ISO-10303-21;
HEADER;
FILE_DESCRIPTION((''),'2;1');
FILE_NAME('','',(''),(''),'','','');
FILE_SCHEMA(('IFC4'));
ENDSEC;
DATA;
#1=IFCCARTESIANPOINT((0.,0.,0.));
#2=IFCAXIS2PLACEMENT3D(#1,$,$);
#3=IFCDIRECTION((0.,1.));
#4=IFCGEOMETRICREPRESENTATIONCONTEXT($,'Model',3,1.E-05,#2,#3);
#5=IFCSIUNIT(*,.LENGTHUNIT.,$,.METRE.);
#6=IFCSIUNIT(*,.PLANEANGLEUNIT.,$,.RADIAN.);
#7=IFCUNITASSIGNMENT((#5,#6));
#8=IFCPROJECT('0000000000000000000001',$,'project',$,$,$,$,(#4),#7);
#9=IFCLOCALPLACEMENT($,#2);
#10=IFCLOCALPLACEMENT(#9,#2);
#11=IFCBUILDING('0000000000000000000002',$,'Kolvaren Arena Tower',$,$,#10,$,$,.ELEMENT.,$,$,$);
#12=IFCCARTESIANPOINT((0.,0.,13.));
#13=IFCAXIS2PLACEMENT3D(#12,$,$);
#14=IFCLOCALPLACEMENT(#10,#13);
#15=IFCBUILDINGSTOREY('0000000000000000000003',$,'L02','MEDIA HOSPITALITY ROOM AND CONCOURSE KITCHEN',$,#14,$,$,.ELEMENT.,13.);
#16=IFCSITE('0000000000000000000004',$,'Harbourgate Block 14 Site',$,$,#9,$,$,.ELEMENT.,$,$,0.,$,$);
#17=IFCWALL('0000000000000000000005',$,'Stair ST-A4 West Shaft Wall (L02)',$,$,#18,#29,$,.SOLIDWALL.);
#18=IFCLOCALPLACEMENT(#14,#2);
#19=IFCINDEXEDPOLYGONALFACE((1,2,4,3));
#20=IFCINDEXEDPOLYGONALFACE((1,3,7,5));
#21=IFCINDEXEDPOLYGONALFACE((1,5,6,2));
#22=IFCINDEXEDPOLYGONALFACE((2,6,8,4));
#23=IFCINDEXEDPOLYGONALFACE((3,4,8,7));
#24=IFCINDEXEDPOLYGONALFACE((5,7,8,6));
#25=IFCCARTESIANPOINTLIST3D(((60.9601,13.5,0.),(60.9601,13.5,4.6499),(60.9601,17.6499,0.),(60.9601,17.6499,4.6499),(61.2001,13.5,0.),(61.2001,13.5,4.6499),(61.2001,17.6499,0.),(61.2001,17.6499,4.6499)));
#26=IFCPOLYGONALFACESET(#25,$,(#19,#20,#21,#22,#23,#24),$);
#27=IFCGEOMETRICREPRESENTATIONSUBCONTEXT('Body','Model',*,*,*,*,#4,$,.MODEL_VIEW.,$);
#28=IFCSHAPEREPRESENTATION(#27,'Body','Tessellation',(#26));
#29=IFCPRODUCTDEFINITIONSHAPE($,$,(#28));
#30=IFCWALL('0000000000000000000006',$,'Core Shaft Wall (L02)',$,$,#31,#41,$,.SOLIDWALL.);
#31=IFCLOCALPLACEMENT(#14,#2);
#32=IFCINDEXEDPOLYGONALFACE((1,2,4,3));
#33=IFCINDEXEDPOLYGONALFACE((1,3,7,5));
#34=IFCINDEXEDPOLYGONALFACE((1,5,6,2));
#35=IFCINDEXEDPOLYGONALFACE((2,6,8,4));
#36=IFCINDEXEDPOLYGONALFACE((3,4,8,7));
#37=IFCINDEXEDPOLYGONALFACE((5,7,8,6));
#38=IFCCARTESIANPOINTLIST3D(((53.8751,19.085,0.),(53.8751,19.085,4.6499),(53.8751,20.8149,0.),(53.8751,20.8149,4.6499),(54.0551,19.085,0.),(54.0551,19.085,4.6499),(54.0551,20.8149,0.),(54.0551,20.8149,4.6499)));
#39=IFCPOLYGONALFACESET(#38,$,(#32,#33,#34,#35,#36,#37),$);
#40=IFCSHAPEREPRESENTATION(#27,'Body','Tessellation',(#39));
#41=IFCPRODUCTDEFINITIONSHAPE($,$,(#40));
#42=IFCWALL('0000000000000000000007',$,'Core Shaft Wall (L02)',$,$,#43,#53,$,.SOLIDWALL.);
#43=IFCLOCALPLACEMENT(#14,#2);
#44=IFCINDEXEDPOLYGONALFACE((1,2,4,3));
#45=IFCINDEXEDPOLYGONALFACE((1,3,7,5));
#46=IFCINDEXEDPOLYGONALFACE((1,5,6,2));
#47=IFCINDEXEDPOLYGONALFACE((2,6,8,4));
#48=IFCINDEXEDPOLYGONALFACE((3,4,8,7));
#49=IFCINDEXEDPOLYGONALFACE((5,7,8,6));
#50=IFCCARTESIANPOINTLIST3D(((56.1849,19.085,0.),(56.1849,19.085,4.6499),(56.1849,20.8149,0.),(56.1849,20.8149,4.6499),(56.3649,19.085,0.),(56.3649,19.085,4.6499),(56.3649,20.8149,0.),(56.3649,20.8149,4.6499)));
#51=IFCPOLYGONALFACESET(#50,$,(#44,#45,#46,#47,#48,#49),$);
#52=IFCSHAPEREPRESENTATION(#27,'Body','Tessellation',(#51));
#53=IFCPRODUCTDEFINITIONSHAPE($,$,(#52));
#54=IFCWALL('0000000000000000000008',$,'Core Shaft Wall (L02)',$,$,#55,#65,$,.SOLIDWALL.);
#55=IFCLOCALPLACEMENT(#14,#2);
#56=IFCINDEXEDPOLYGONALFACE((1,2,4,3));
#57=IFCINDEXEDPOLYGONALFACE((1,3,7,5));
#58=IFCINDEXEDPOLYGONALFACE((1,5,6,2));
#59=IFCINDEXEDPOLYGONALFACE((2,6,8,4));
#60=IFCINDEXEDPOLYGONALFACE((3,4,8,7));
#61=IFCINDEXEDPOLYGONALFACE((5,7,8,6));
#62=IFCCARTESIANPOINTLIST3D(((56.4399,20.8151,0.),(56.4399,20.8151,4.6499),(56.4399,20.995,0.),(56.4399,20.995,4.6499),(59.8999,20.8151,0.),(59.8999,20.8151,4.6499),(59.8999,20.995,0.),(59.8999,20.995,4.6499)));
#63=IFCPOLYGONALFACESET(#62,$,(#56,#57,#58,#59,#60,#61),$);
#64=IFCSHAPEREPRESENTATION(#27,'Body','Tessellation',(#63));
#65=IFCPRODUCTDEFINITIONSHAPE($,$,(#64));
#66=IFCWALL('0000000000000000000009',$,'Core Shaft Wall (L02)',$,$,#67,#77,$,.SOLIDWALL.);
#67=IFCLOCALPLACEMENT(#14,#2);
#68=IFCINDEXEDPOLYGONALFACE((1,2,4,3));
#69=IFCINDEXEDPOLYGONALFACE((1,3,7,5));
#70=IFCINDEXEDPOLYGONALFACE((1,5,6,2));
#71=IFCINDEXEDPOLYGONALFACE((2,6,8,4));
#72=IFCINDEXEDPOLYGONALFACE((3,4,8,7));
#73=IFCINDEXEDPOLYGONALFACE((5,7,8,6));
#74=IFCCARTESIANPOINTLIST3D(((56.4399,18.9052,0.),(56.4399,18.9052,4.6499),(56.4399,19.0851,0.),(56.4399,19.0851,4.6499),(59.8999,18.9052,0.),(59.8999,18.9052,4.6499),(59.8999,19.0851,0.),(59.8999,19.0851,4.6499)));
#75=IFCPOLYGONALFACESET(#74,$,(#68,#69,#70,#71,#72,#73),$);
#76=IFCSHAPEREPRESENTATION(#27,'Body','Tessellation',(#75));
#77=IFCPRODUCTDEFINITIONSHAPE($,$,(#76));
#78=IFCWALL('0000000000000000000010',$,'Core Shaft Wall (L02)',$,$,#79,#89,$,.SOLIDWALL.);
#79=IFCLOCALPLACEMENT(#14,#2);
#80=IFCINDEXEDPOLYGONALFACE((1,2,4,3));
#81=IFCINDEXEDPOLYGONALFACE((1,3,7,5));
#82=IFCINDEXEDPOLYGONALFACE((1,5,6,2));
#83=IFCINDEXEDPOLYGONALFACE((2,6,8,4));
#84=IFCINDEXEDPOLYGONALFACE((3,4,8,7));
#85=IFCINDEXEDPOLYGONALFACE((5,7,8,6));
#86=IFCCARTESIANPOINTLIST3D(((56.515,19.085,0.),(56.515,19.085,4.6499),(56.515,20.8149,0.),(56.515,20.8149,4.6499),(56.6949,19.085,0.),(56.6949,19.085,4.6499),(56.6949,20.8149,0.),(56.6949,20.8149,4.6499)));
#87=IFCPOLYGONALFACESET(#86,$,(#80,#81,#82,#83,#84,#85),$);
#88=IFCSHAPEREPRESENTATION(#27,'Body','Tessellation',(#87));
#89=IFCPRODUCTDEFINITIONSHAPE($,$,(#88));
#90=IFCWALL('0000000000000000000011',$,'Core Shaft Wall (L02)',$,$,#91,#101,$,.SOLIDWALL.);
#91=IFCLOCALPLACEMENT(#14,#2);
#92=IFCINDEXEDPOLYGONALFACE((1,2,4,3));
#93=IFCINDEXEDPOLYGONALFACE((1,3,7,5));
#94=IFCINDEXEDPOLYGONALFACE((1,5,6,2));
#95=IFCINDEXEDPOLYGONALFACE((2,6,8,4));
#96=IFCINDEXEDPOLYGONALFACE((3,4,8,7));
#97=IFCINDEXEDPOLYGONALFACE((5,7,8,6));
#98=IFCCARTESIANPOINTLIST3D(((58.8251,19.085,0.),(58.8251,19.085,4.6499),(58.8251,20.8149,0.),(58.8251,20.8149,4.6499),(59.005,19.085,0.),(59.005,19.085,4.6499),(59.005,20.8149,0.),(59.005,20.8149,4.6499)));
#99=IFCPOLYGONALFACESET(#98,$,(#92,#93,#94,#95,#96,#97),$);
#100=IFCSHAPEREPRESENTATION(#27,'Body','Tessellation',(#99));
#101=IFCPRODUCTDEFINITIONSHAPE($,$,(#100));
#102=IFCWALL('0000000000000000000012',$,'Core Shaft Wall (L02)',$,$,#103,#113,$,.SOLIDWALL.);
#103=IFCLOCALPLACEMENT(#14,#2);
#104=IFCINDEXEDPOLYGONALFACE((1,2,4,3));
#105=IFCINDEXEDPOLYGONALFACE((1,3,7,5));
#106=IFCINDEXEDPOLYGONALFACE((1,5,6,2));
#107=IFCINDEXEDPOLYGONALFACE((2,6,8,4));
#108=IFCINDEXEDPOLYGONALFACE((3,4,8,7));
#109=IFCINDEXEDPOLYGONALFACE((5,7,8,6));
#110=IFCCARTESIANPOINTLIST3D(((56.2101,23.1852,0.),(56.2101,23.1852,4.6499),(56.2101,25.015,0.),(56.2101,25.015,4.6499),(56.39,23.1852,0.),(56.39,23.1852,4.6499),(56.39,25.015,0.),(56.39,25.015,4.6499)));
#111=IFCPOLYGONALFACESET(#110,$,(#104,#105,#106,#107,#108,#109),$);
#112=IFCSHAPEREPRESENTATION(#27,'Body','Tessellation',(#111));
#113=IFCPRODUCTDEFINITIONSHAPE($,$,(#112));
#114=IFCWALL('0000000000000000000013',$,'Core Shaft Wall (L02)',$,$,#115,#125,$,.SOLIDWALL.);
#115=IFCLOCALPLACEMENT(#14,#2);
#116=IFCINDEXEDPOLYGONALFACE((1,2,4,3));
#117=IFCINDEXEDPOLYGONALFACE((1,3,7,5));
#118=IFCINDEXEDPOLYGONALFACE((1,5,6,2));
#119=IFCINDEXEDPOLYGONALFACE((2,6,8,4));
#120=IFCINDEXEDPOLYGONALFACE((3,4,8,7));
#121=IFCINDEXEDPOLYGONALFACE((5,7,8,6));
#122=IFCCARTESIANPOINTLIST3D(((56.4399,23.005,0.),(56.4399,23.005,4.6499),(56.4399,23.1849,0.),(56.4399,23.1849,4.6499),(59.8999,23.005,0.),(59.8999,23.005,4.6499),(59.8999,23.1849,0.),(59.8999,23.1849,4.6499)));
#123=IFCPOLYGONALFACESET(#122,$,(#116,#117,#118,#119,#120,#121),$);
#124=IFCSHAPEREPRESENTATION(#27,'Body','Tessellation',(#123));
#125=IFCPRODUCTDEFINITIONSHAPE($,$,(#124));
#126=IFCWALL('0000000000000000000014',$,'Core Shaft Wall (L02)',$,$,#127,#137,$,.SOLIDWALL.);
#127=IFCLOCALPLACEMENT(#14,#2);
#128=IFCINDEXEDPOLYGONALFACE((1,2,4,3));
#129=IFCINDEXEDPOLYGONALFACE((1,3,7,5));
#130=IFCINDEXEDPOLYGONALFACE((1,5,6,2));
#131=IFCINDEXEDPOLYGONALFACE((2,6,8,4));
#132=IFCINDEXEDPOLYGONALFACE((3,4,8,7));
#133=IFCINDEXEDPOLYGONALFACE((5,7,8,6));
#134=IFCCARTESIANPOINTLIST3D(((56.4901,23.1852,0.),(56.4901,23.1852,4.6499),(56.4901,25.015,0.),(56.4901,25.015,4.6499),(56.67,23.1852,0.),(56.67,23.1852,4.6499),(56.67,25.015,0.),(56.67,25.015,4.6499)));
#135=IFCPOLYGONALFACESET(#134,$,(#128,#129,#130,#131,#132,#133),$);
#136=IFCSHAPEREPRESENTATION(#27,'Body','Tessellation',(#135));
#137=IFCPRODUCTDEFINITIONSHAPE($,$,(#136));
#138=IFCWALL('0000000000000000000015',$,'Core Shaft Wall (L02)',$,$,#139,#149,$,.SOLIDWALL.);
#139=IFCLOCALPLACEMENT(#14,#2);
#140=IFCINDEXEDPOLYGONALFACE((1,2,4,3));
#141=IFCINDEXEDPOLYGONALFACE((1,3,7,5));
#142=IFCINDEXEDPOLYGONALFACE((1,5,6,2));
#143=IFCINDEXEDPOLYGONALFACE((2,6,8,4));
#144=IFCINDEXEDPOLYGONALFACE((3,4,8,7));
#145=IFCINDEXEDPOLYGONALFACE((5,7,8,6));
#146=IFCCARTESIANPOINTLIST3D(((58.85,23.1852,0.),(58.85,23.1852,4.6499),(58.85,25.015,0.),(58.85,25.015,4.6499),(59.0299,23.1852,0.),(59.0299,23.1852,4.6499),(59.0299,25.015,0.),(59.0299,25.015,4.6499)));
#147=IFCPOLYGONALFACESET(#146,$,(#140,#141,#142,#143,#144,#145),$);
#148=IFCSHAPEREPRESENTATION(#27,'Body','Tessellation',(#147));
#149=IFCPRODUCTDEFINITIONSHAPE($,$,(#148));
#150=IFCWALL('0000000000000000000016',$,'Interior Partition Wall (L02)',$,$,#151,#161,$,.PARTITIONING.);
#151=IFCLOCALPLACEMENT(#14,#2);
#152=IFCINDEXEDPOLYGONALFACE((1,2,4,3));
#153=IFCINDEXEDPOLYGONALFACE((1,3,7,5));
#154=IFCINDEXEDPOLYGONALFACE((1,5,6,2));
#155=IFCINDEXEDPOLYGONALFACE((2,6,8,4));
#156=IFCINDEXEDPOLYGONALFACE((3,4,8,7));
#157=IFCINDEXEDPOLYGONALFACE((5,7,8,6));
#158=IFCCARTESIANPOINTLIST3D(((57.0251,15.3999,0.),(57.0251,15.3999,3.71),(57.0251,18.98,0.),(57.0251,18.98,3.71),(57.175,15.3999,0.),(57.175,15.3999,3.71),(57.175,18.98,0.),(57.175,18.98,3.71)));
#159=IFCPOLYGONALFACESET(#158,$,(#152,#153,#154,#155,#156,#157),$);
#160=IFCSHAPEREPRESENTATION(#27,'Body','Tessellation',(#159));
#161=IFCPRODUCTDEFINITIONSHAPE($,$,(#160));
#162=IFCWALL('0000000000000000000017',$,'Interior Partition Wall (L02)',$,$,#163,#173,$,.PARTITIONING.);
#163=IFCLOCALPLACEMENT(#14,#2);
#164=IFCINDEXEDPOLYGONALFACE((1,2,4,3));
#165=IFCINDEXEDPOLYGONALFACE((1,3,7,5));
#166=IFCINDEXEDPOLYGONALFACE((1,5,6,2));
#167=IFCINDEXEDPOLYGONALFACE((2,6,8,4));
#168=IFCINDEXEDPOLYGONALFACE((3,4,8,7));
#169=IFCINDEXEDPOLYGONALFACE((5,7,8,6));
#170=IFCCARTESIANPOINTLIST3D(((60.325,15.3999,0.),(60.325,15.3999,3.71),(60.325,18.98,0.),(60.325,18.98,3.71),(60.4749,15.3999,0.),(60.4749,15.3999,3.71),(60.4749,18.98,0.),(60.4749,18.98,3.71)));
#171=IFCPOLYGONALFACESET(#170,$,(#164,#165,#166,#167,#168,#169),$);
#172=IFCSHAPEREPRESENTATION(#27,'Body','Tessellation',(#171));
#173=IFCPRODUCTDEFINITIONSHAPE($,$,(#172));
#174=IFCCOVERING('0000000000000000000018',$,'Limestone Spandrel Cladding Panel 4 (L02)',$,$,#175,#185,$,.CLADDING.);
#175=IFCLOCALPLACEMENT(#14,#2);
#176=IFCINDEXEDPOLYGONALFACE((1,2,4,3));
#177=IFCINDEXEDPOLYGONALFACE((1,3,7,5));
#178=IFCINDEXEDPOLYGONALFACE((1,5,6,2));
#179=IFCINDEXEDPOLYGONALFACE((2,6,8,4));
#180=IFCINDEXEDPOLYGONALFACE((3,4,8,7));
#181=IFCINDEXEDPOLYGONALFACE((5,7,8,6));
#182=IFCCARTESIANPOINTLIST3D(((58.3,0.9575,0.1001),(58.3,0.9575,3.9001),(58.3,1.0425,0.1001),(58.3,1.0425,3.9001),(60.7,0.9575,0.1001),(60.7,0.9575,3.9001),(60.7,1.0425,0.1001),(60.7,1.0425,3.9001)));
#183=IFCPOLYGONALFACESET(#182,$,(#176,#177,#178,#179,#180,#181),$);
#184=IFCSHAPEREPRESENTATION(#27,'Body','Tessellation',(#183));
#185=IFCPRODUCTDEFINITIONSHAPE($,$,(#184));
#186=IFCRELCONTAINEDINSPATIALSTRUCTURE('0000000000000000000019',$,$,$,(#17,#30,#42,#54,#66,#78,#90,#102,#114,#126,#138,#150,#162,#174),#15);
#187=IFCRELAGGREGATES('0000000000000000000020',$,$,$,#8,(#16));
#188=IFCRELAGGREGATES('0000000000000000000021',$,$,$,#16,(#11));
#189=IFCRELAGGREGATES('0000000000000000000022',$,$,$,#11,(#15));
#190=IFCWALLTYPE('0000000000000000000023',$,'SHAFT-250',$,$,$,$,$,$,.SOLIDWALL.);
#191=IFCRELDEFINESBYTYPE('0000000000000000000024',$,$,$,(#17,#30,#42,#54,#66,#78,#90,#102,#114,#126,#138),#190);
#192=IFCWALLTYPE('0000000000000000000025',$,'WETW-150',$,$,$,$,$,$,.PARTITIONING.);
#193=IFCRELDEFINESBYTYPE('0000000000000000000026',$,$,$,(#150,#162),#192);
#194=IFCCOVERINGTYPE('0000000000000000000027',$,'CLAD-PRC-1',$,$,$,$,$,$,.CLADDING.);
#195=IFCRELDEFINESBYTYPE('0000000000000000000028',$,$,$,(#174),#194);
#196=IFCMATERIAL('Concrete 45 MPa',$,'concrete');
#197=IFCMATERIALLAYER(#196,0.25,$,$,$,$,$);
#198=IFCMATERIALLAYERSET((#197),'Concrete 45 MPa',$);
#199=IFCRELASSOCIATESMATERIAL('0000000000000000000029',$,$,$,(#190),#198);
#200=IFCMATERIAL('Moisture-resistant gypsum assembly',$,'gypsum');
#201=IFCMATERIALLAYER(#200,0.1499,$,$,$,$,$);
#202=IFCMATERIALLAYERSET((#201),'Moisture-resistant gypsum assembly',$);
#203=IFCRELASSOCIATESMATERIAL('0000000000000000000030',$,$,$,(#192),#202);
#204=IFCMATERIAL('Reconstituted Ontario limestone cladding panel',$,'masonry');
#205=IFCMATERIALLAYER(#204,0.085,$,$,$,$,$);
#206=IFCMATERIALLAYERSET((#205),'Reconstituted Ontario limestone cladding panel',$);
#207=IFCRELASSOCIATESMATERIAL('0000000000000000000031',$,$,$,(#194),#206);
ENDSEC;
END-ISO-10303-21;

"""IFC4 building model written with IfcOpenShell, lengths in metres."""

from ifc_helpers import new_model, si_unit, direction, frame, frame_2d, origin, origin_2d, place, context, subcontext, project, spatial, rectangle, extrude, material, layer, layer_set, type_object, element, save


model = new_model("IFC4")

# Units and contexts
model_context = context("Model", 3, precision=1e-05, world=origin(), true_north=direction((0.0, 1.0)))
body_context = subcontext(model_context, "Body", "Model", "MODEL_VIEW")
ifc_project = project(units=[si_unit("LENGTHUNIT", "METRE"), si_unit("PLANEANGLEUNIT", "RADIAN")], contexts=[model_context])

# Site, building, storey
site_placement = place(None, origin())
site = spatial("IfcSite", under=ifc_project, at=site_placement, Name="Harbourgate Block 14 Site", CompositionType="ELEMENT", RefElevation=0.0)
building_placement = place(site_placement, origin())
building = spatial("IfcBuilding", under=site, at=building_placement, Name="Kolvaren Arena Tower", CompositionType="ELEMENT")
storey_placement = place(building_placement, frame((0.0, 0.0, 13.0)))
storey = spatial("IfcBuildingStorey", under=building, at=storey_placement, Name="L02", Description="MEDIA HOSPITALITY ROOM AND CONCOURSE KITCHEN", CompositionType="ELEMENT", Elevation=13.0)

# Shared definitions
ifc_material_1 = material(Name="Concrete 45 MPa", Category="concrete")
ifc_layer_1 = layer(ifc_material_1, 0.25)
ifc_layer_set_1 = layer_set([ifc_layer_1], Name="Concrete 45 MPa")
wall_type_1 = type_object("IfcWallType", Name="SHAFT-250", PredefinedType="SOLIDWALL", material=ifc_layer_set_1)

# Walls
wall_1_placement = place(storey_placement, frame((61.0801, 13.5, 0.0), z_axis=(0.0, 0.0, 1.0), x_axis=(0.0, 1.0, 0.0)))
element("IfcWall", 1, at=wall_1_placement, inside=storey, type_object=wall_type_1, Name="Stair ST-A4 West Shaft Wall (L02)", PredefinedType="SOLIDWALL", context=body_context, shape_type="SweptSolid", body=[
    extrude(rectangle(XDim=4.1499, YDim=0.24, at=frame_2d((2.075, 0.0))), origin(), (0.0, 0.0, 1.0), 4.6499),
])
for number, where, z_axis, x_axis, name in (
    (2, (53.9651, 19.085, 0.0), (0.0, 0.0, 1.0), (0.0, 1.0, 0.0), "Core Shaft Wall (L02)"),
    (3, (56.2749, 19.085, 0.0), (0.0, 0.0, 1.0), (0.0, 1.0, 0.0), "Core Shaft Wall (L02)"),
):
    element("IfcWall", number, at=place(storey_placement, frame(where, z_axis=z_axis, x_axis=x_axis)), inside=storey, type_object=wall_type_1, Name=name, PredefinedType="SOLIDWALL", context=body_context, shape_type="SweptSolid", body=[
        extrude(rectangle(XDim=1.73, YDim=0.1799, at=frame_2d((0.865, 0.0))), origin(), (0.0, 0.0, 1.0), 4.6499),
    ])
for number, where, z_axis, x_axis, name in (
    (4, (56.4399, 20.905, 0.0), (0.0, 0.0, 1.0), (1.0, 0.0, 0.0), "Core Shaft Wall (L02)"),
    (5, (56.4399, 18.9951, 0.0), (0.0, 0.0, 1.0), (1.0, 0.0, 0.0), "Core Shaft Wall (L02)"),
):
    element("IfcWall", number, at=place(storey_placement, frame(where, z_axis=z_axis, x_axis=x_axis)), inside=storey, type_object=wall_type_1, Name=name, PredefinedType="SOLIDWALL", context=body_context, shape_type="SweptSolid", body=[
        extrude(rectangle(XDim=3.46, YDim=0.1799, at=frame_2d((1.73, 0.0))), origin(), (0.0, 0.0, 1.0), 4.6499),
    ])
for number, where, z_axis, x_axis, name in (
    (6, (56.605, 19.085, 0.0), (0.0, 0.0, 1.0), (0.0, 1.0, 0.0), "Core Shaft Wall (L02)"),
    (7, (58.915, 19.085, 0.0), (0.0, 0.0, 1.0), (0.0, 1.0, 0.0), "Core Shaft Wall (L02)"),
):
    element("IfcWall", number, at=place(storey_placement, frame(where, z_axis=z_axis, x_axis=x_axis)), inside=storey, type_object=wall_type_1, Name=name, PredefinedType="SOLIDWALL", context=body_context, shape_type="SweptSolid", body=[
        extrude(rectangle(XDim=1.73, YDim=0.1799, at=frame_2d((0.865, 0.0))), origin(), (0.0, 0.0, 1.0), 4.6499),
    ])
wall_2_placement = place(storey_placement, frame((56.3, 23.1851, 0.0), z_axis=(0.0, 0.0, 1.0), x_axis=(0.0, 1.0, 0.0)))
element("IfcWall", 8, at=wall_2_placement, inside=storey, type_object=wall_type_1, Name="Core Shaft Wall (L02)", PredefinedType="SOLIDWALL", context=body_context, shape_type="SweptSolid", body=[
    extrude(rectangle(XDim=1.8298, YDim=0.1799, at=frame_2d((0.915, 0.0))), origin(), (0.0, 0.0, 1.0), 4.6499),
])
wall_3_placement = place(storey_placement, frame((56.4399, 23.095, 0.0), z_axis=(0.0, 0.0, 1.0), x_axis=(1.0, 0.0, 0.0)))
element("IfcWall", 9, at=wall_3_placement, inside=storey, type_object=wall_type_1, Name="Core Shaft Wall (L02)", PredefinedType="SOLIDWALL", context=body_context, shape_type="SweptSolid", body=[
    extrude(rectangle(XDim=3.46, YDim=0.1799, at=frame_2d((1.73, 0.0))), origin(), (0.0, 0.0, 1.0), 4.6499),
])
for number, where, z_axis, x_axis, name in (
    (10, (56.5801, 23.1851, 0.0), (0.0, 0.0, 1.0), (0.0, 1.0, 0.0), "Core Shaft Wall (L02)"),
    (11, (58.9399, 23.1851, 0.0), (0.0, 0.0, 1.0), (0.0, 1.0, 0.0), "Core Shaft Wall (L02)"),
):
    element("IfcWall", number, at=place(storey_placement, frame(where, z_axis=z_axis, x_axis=x_axis)), inside=storey, type_object=wall_type_1, Name=name, PredefinedType="SOLIDWALL", context=body_context, shape_type="SweptSolid", body=[
        extrude(rectangle(XDim=1.8298, YDim=0.1799, at=frame_2d((0.915, 0.0))), origin(), (0.0, 0.0, 1.0), 4.6499),
    ])
ifc_material_2 = material(Name="Moisture-resistant gypsum assembly", Category="gypsum")
ifc_layer_2 = layer(ifc_material_2, 0.1499)
ifc_layer_set_2 = layer_set([ifc_layer_2], Name="Moisture-resistant gypsum assembly")
wall_type_2 = type_object("IfcWallType", Name="WETW-150", PredefinedType="PARTITIONING", material=ifc_layer_set_2)
for number, where, z_axis, x_axis, name in (
    (12, (57.1001, 15.3999, 0.0), (0.0, 0.0, 1.0), (0.0, 1.0, 0.0), "Interior Partition Wall (L02)"),
    (13, (60.3999, 15.3999, 0.0), (0.0, 0.0, 1.0), (0.0, 1.0, 0.0), "Interior Partition Wall (L02)"),
):
    element("IfcWall", number, at=place(storey_placement, frame(where, z_axis=z_axis, x_axis=x_axis)), inside=storey, type_object=wall_type_2, Name=name, PredefinedType="PARTITIONING", context=body_context, shape_type="SweptSolid", body=[
        extrude(rectangle(XDim=3.5801, YDim=0.1499, at=frame_2d((1.79, 0.0))), origin(), (0.0, 0.0, 1.0), 3.71),
    ])

# Covering
ifc_material_3 = material(Name="Reconstituted Ontario limestone cladding panel", Category="masonry")
ifc_layer_3 = layer(ifc_material_3, 0.085)
ifc_layer_set_3 = layer_set([ifc_layer_3], Name="Reconstituted Ontario limestone cladding panel")
covering_type = type_object("IfcCoveringType", Name="CLAD-PRC-1", PredefinedType="CLADDING", material=ifc_layer_set_3)
covering_placement = place(storey_placement, frame((59.5, 1.0, 0.1001), z_axis=(0.0, 0.0, 1.0), x_axis=(1.0, 0.0, 0.0)))
element("IfcCovering", 14, at=covering_placement, inside=storey, type_object=covering_type, Name="Limestone Spandrel Cladding Panel 4 (L02)", PredefinedType="CLADDING", context=body_context, shape_type="SweptSolid", body=[
    extrude(rectangle(XDim=2.3999, YDim=0.085, at=origin_2d()), origin(), (0.0, 0.0, 1.0), 3.8),
])

save(model, "model.ifc")
